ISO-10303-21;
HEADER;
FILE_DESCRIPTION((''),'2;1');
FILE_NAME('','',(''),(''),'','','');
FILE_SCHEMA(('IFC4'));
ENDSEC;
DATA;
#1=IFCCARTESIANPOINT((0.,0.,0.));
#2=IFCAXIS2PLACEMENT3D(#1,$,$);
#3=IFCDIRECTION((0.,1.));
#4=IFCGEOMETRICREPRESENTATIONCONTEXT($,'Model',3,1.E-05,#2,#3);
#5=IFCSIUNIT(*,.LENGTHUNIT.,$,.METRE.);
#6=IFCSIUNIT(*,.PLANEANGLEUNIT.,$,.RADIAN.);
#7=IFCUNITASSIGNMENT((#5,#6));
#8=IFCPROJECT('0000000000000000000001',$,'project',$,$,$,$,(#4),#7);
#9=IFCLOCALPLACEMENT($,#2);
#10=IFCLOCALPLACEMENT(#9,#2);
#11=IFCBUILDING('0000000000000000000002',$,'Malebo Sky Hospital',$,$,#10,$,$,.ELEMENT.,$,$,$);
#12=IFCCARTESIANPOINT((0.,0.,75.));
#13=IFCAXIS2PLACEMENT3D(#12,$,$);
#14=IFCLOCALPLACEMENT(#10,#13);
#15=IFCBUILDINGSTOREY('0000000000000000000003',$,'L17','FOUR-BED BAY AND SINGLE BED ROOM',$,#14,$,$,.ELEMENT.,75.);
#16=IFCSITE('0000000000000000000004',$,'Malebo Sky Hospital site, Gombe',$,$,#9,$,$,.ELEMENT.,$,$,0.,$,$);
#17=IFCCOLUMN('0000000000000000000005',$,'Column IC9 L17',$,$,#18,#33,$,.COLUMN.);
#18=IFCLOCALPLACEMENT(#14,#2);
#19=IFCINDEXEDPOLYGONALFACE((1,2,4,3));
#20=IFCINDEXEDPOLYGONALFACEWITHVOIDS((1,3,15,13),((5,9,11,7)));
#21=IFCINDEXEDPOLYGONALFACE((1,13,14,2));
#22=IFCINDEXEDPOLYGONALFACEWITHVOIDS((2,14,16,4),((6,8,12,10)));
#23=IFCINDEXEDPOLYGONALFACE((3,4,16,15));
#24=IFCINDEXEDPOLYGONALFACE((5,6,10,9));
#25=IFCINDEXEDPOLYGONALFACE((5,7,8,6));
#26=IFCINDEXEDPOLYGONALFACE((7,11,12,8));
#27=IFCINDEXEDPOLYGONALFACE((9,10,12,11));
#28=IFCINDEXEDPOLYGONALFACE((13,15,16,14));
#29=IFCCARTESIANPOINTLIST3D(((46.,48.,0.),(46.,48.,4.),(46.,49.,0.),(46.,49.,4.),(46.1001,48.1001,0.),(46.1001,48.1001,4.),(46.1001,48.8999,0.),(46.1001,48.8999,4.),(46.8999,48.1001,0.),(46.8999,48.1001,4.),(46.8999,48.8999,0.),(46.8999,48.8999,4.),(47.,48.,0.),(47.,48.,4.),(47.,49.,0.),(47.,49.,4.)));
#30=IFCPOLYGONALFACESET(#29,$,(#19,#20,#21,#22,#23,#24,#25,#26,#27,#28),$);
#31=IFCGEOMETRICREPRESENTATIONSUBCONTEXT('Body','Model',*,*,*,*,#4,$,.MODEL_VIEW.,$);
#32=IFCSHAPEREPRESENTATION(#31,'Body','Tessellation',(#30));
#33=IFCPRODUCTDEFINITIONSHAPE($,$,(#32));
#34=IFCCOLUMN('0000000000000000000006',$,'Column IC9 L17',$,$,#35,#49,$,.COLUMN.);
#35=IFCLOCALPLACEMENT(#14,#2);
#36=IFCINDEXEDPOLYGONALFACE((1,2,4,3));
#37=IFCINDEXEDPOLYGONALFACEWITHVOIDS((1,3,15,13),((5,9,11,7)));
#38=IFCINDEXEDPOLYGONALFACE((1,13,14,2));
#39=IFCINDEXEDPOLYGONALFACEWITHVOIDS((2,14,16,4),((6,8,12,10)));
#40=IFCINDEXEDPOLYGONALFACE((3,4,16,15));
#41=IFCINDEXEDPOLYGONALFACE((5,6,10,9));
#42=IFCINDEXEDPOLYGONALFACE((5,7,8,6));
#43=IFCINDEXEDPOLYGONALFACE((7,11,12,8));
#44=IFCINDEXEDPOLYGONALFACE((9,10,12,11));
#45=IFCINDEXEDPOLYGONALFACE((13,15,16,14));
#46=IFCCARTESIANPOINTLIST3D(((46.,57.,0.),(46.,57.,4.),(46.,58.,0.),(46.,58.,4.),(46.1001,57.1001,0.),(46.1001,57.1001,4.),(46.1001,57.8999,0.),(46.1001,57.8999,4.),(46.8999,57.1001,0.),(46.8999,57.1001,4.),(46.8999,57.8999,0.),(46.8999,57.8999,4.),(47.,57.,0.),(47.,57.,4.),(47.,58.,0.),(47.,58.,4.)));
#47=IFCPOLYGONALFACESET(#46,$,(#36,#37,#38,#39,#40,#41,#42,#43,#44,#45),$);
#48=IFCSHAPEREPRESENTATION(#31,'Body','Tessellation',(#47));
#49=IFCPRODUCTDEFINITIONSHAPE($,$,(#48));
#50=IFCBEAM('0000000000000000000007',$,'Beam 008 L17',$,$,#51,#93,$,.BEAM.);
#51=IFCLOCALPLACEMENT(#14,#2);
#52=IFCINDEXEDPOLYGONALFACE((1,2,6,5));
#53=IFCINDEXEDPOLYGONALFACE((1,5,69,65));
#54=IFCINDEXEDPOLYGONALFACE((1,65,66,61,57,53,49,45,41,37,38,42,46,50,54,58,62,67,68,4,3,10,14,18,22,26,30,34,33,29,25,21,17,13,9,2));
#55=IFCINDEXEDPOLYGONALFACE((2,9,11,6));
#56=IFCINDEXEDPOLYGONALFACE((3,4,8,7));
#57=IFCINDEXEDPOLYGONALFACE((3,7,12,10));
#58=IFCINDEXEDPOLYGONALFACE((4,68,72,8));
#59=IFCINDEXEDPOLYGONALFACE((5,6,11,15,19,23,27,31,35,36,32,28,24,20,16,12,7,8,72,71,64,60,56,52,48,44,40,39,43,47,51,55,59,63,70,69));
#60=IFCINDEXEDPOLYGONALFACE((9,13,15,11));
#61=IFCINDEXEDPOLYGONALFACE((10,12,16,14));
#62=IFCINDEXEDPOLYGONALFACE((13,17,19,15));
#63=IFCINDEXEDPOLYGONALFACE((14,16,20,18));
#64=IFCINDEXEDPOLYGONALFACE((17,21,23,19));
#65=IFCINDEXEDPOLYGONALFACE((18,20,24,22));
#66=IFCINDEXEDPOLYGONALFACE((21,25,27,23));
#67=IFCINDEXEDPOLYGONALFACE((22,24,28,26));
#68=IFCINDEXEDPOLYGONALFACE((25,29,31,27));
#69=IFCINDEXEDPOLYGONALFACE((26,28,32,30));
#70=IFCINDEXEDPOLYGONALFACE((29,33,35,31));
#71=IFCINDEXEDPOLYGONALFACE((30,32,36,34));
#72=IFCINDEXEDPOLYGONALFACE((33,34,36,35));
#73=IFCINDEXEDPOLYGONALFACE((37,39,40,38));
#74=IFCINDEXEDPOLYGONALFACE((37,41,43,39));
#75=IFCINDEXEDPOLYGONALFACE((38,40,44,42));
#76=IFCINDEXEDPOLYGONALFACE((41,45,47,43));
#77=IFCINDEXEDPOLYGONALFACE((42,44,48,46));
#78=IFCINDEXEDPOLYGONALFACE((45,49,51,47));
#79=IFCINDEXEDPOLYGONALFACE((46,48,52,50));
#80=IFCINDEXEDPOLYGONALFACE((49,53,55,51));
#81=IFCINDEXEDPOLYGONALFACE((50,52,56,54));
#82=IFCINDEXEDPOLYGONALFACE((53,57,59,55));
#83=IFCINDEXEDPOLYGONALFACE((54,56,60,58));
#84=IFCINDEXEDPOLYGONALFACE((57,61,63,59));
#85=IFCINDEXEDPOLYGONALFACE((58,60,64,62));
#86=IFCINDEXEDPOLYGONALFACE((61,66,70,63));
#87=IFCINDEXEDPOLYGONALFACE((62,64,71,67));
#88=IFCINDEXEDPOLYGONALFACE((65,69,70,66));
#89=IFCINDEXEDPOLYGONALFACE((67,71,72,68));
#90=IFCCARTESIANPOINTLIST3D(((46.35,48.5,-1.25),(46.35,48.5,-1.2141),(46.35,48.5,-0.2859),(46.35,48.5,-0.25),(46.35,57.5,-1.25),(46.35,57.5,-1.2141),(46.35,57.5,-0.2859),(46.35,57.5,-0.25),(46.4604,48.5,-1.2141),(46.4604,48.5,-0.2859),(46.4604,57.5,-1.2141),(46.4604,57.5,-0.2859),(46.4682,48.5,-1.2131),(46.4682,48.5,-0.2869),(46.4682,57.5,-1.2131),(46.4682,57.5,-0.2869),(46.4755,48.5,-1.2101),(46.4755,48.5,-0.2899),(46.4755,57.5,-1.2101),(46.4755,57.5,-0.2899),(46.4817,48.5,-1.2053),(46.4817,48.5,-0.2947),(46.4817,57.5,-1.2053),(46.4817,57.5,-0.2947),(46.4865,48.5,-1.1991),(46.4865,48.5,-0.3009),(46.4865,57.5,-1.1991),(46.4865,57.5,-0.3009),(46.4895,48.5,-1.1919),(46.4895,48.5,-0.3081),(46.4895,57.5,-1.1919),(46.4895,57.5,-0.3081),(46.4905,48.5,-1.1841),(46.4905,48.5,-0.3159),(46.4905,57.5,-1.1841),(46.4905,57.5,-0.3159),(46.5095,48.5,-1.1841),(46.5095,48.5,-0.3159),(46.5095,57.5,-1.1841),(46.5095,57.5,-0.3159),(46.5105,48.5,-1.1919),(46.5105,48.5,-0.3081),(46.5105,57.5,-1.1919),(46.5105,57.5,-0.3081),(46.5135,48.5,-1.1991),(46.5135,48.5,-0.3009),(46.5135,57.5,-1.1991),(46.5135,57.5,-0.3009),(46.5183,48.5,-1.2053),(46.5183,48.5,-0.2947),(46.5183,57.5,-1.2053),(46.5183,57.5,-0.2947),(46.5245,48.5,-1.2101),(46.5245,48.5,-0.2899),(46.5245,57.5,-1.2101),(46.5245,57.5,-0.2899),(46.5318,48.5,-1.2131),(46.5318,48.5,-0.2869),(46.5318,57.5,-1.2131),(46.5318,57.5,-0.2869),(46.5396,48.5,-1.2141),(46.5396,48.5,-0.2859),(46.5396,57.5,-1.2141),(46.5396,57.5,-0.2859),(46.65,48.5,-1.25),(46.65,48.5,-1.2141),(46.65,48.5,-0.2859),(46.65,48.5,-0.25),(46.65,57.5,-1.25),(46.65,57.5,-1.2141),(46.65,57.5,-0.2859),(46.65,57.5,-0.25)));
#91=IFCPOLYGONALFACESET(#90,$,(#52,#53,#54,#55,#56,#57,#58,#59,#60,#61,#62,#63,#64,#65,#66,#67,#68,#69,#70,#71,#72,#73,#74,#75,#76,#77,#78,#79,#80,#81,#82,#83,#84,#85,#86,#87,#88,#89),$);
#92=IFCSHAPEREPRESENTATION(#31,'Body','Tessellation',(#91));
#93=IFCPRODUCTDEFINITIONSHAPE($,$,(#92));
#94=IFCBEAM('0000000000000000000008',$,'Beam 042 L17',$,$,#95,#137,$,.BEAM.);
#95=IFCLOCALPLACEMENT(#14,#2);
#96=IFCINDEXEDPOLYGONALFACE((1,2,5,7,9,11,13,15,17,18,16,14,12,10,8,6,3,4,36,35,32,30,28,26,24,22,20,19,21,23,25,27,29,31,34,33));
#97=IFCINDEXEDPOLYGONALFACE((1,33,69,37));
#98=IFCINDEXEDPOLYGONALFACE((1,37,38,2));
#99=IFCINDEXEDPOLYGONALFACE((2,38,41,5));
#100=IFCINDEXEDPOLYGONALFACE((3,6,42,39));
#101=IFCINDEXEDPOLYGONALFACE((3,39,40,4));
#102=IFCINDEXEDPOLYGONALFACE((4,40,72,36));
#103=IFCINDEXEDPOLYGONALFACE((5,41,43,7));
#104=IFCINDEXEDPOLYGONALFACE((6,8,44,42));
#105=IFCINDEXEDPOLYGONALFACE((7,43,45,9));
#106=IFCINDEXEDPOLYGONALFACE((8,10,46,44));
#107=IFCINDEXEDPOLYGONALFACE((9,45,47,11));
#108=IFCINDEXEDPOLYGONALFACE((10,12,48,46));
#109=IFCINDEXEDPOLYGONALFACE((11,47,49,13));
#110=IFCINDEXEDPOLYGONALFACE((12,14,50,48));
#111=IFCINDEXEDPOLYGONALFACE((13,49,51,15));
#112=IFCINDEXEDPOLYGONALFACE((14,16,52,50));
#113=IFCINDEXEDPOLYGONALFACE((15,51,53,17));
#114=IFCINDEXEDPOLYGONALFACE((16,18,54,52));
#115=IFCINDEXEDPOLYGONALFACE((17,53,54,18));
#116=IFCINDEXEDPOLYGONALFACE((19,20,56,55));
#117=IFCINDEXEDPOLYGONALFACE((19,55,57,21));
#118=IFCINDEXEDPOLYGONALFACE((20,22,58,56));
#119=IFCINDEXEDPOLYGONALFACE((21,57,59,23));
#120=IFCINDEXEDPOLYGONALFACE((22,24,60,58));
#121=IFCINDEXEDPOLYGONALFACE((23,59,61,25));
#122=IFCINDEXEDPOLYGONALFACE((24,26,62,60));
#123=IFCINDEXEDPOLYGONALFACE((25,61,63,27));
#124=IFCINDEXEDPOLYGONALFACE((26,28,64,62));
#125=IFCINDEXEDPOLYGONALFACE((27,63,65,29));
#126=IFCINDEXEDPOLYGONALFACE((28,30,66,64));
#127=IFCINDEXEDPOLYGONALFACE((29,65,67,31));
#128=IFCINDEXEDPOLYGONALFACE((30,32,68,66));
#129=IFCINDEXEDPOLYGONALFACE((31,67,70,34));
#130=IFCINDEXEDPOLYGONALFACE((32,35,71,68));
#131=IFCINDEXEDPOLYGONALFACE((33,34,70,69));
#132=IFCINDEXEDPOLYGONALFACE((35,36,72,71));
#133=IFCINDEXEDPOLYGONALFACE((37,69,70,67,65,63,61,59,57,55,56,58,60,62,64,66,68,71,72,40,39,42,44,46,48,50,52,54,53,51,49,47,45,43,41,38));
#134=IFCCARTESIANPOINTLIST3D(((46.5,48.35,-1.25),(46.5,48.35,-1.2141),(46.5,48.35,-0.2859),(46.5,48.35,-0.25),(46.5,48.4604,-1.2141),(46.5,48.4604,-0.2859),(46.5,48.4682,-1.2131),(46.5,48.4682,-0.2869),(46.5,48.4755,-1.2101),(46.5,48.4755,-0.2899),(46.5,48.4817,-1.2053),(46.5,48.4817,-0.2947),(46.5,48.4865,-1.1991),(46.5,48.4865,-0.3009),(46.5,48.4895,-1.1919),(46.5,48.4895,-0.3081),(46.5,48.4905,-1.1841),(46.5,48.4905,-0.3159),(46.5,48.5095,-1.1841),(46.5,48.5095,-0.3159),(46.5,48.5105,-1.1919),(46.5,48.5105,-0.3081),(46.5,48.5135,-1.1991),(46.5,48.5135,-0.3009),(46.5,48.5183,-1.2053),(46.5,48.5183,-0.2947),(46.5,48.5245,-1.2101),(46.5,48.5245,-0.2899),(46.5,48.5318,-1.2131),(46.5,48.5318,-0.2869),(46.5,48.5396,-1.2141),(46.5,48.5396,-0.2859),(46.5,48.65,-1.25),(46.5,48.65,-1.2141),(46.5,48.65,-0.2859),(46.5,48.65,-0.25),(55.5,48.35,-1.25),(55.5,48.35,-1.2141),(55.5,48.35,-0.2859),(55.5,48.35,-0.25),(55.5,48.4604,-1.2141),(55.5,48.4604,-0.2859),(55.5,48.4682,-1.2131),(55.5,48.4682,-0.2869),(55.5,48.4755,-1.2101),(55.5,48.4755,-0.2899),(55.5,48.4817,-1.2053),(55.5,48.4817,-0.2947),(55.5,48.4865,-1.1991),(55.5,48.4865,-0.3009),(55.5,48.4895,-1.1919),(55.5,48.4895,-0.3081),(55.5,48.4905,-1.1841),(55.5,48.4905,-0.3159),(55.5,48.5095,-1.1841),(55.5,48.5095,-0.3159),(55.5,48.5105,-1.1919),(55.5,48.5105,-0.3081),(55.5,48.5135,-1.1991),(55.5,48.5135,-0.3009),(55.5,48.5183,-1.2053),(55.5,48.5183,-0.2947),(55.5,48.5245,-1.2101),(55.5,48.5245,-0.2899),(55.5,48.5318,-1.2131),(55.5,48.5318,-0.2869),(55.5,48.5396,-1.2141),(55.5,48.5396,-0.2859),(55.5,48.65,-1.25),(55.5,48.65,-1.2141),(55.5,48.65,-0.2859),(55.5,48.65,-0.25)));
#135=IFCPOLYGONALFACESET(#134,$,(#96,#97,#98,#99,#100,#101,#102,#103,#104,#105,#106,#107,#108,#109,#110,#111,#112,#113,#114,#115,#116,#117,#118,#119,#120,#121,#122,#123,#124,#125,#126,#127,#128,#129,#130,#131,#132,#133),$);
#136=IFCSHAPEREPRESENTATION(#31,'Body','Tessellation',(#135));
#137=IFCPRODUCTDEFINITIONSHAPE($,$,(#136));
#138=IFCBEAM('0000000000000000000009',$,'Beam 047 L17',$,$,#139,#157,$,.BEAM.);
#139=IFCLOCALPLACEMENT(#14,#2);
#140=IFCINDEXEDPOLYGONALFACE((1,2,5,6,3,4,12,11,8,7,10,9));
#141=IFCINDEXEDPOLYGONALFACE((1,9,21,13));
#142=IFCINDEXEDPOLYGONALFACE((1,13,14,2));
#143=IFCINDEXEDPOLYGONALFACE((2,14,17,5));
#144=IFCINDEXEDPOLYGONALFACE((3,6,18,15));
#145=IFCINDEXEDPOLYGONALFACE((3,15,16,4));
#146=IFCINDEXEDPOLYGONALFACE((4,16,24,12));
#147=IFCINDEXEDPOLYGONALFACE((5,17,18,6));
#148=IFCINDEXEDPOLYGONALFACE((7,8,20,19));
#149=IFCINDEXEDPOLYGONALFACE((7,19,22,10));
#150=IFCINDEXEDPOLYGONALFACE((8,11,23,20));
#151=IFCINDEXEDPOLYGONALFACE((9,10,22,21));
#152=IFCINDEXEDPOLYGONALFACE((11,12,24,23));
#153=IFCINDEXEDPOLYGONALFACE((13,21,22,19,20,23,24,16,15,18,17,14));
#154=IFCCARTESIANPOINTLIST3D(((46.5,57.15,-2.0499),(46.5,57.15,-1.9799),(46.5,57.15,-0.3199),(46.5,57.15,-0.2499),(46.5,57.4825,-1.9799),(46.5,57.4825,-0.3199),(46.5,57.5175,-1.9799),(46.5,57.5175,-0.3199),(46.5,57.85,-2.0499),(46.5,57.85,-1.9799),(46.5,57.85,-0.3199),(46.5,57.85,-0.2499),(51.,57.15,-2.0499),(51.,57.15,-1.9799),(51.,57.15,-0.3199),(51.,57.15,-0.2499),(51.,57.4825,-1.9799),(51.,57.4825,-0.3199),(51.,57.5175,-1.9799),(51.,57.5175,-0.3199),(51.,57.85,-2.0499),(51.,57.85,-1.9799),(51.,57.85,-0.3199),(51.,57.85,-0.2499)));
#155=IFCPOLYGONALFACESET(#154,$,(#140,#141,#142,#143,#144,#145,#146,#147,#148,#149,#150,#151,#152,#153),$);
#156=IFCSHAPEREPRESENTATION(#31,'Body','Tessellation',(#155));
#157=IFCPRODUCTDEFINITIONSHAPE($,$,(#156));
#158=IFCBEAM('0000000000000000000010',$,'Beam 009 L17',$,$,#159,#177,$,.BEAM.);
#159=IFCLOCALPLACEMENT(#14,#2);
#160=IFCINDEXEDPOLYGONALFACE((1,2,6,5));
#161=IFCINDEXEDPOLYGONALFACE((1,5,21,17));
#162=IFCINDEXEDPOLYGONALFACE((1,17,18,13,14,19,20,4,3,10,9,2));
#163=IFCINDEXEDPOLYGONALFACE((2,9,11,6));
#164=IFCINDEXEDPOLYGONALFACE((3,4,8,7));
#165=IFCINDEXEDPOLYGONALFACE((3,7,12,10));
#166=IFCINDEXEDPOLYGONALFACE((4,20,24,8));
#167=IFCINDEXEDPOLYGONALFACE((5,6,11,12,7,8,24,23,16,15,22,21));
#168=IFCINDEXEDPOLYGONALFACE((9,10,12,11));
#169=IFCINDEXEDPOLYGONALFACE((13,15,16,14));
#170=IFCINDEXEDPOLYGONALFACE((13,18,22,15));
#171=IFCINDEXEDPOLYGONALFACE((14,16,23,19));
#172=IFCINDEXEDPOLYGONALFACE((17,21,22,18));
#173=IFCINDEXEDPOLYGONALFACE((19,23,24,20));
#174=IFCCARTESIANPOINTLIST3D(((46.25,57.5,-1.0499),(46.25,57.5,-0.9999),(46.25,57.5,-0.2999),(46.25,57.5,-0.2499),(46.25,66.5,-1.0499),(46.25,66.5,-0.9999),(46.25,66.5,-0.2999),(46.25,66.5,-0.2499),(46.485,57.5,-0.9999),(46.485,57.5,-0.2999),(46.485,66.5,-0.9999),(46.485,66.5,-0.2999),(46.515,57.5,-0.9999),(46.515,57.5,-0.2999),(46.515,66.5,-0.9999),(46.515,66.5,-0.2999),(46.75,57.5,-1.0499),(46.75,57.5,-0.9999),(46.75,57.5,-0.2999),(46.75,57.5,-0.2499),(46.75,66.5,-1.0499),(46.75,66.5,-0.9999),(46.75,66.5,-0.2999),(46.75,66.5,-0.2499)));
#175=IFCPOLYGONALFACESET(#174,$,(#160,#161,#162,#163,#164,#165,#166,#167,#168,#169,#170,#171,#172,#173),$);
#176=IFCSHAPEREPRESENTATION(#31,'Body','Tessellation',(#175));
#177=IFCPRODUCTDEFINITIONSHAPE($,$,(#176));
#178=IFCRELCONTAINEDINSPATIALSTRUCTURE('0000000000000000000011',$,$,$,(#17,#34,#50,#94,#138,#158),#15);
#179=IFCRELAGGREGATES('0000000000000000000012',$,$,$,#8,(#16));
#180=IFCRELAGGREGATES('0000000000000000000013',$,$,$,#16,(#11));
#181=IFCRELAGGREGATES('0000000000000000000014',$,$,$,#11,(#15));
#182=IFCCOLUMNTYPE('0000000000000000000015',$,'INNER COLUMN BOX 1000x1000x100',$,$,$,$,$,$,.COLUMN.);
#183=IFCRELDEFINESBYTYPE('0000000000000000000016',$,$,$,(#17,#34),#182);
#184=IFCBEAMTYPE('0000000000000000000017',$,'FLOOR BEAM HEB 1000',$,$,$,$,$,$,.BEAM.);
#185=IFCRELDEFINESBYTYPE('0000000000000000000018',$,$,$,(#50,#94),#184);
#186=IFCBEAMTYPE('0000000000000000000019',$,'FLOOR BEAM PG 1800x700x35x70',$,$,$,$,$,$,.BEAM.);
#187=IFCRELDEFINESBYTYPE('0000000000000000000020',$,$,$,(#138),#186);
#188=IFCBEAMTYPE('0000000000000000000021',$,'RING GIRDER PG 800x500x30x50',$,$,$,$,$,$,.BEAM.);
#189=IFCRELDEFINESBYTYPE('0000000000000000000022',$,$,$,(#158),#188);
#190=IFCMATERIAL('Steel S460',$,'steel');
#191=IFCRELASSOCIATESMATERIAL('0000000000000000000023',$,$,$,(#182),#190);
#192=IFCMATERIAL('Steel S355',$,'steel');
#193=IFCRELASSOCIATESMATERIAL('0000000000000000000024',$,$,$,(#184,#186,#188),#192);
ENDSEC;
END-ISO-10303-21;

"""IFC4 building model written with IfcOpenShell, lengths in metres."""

from ifc_helpers import new_model, si_unit, direction, frame, origin, origin_2d, place, context, subcontext, project, spatial, hollow_rectangle, i_section, extrude, material, material_profile, profile_set, type_object, element, save


model = new_model("IFC4")

# Units and contexts
model_context = context("Model", 3, precision=1e-05, world=origin(), true_north=direction((0.0, 1.0)))
body_context = subcontext(model_context, "Body", "Model", "MODEL_VIEW")
ifc_project = project(units=[si_unit("LENGTHUNIT", "METRE"), si_unit("PLANEANGLEUNIT", "RADIAN")], contexts=[model_context])

# Site, building, storey
site_placement = place(None, origin())
site = spatial("IfcSite", under=ifc_project, at=site_placement, Name="Malebo Sky Hospital site, Gombe", CompositionType="ELEMENT", RefElevation=0.0)
building_placement = place(site_placement, origin())
building = spatial("IfcBuilding", under=site, at=building_placement, Name="Malebo Sky Hospital", CompositionType="ELEMENT")
storey_placement = place(building_placement, frame((0.0, 0.0, 75.0)))
storey = spatial("IfcBuildingStorey", under=building, at=storey_placement, Name="L17", Description="FOUR-BED BAY AND SINGLE BED ROOM", CompositionType="ELEMENT", Elevation=75.0)

# Columns
ifc_material_1 = material(Name="Steel S460", Category="steel")
ifc_material_profile_1 = material_profile(ifc_material_1, hollow_rectangle(XDim=1.0, YDim=1.0, WallThickness=0.1001, at=origin_2d()), Name="BOX 1000x1000x100")
ifc_profile_set_1 = profile_set([ifc_material_profile_1], Name="Steel S460")
column_type = type_object("IfcColumnType", Name="INNER COLUMN BOX 1000x1000x100", PredefinedType="COLUMN", material=ifc_profile_set_1)
for number, where, z_axis, x_axis, name in (
    (1, (46.5, 48.5, 0.0), (0.0, 0.0, 1.0), (1.0, 0.0, 0.0), "Column IC9 L17"),
    (2, (46.5, 57.5, 0.0), (0.0, 0.0, 1.0), (1.0, 0.0, 0.0), "Column IC9 L17"),
):
    element("IfcColumn", number, at=place(storey_placement, frame(where, z_axis=z_axis, x_axis=x_axis)), inside=storey, type_object=column_type, Name=name, PredefinedType="COLUMN", context=body_context, shape_type="SweptSolid", body=[
        extrude(hollow_rectangle(XDim=1.0, YDim=1.0, WallThickness=0.1001, at=origin_2d()), origin(), (0.0, 0.0, 1.0), 4.0),
    ])

# Beams
ifc_material_2 = material(Name="Steel S355", Category="steel")
ifc_material_profile_2 = material_profile(ifc_material_2, i_section(OverallWidth=0.3, OverallDepth=1.0, WebThickness=0.019, FlangeThickness=0.0359, FilletRadius=0.03, at=origin_2d()), Name="HEB 1000")
ifc_profile_set_2 = profile_set([ifc_material_profile_2], Name="Steel S355")
beam_type_1 = type_object("IfcBeamType", Name="FLOOR BEAM HEB 1000", PredefinedType="BEAM", material=ifc_profile_set_2)
for number, where, z_axis, x_axis, name in (
    (3, (46.5, 48.5, -0.75), (0.0, 1.0, 0.0), (-1.0, 0.0, 0.0), "Beam 008 L17"),
    (4, (46.5, 48.5, -0.75), (1.0, 0.0, 0.0), (0.0, 1.0, 0.0), "Beam 042 L17"),
):
    element("IfcBeam", number, at=place(storey_placement, frame(where, z_axis=z_axis, x_axis=x_axis)), inside=storey, type_object=beam_type_1, Name=name, PredefinedType="BEAM", context=body_context, shape_type="SweptSolid", body=[
        extrude(i_section(OverallWidth=0.3, OverallDepth=1.0, WebThickness=0.019, FlangeThickness=0.0359, FilletRadius=0.03, at=origin_2d()), origin(), (0.0, 0.0, 1.0), 9.0),
    ])
ifc_material_profile_3 = material_profile(ifc_material_2, i_section(OverallWidth=0.7, OverallDepth=1.8, WebThickness=0.0349, FlangeThickness=0.0701, at=origin_2d()), Name="PG 1800x700x35x70")
ifc_profile_set_3 = profile_set([ifc_material_profile_3], Name="Steel S355")
beam_type_2 = type_object("IfcBeamType", Name="FLOOR BEAM PG 1800x700x35x70", PredefinedType="BEAM", material=ifc_profile_set_3)
beam_1_placement = place(storey_placement, frame((46.5, 57.5, -1.1499), z_axis=(1.0, 0.0, 0.0), x_axis=(0.0, 1.0, 0.0)))
element("IfcBeam", 5, at=beam_1_placement, inside=storey, type_object=beam_type_2, Name="Beam 047 L17", PredefinedType="BEAM", context=body_context, shape_type="SweptSolid", body=[
    extrude(i_section(OverallWidth=0.7, OverallDepth=1.8, WebThickness=0.0349, FlangeThickness=0.0701, at=origin_2d()), origin(), (0.0, 0.0, 1.0), 4.5),
])
ifc_material_profile_4 = material_profile(ifc_material_2, i_section(OverallWidth=0.5, OverallDepth=0.8, WebThickness=0.03, FlangeThickness=0.05, at=origin_2d()), Name="PG 800x500x30x50")
ifc_profile_set_4 = profile_set([ifc_material_profile_4], Name="Steel S355")
beam_type_3 = type_object("IfcBeamType", Name="RING GIRDER PG 800x500x30x50", PredefinedType="BEAM", material=ifc_profile_set_4)
beam_2_placement = place(storey_placement, frame((46.5, 57.5, -0.6499), z_axis=(0.0, 1.0, 0.0), x_axis=(-1.0, 0.0, 0.0)))
element("IfcBeam", 6, at=beam_2_placement, inside=storey, type_object=beam_type_3, Name="Beam 009 L17", PredefinedType="BEAM", context=body_context, shape_type="SweptSolid", body=[
    extrude(i_section(OverallWidth=0.5, OverallDepth=0.8, WebThickness=0.03, FlangeThickness=0.05, at=origin_2d()), origin(), (0.0, 0.0, 1.0), 9.0),
])

save(model, "model.ifc")
